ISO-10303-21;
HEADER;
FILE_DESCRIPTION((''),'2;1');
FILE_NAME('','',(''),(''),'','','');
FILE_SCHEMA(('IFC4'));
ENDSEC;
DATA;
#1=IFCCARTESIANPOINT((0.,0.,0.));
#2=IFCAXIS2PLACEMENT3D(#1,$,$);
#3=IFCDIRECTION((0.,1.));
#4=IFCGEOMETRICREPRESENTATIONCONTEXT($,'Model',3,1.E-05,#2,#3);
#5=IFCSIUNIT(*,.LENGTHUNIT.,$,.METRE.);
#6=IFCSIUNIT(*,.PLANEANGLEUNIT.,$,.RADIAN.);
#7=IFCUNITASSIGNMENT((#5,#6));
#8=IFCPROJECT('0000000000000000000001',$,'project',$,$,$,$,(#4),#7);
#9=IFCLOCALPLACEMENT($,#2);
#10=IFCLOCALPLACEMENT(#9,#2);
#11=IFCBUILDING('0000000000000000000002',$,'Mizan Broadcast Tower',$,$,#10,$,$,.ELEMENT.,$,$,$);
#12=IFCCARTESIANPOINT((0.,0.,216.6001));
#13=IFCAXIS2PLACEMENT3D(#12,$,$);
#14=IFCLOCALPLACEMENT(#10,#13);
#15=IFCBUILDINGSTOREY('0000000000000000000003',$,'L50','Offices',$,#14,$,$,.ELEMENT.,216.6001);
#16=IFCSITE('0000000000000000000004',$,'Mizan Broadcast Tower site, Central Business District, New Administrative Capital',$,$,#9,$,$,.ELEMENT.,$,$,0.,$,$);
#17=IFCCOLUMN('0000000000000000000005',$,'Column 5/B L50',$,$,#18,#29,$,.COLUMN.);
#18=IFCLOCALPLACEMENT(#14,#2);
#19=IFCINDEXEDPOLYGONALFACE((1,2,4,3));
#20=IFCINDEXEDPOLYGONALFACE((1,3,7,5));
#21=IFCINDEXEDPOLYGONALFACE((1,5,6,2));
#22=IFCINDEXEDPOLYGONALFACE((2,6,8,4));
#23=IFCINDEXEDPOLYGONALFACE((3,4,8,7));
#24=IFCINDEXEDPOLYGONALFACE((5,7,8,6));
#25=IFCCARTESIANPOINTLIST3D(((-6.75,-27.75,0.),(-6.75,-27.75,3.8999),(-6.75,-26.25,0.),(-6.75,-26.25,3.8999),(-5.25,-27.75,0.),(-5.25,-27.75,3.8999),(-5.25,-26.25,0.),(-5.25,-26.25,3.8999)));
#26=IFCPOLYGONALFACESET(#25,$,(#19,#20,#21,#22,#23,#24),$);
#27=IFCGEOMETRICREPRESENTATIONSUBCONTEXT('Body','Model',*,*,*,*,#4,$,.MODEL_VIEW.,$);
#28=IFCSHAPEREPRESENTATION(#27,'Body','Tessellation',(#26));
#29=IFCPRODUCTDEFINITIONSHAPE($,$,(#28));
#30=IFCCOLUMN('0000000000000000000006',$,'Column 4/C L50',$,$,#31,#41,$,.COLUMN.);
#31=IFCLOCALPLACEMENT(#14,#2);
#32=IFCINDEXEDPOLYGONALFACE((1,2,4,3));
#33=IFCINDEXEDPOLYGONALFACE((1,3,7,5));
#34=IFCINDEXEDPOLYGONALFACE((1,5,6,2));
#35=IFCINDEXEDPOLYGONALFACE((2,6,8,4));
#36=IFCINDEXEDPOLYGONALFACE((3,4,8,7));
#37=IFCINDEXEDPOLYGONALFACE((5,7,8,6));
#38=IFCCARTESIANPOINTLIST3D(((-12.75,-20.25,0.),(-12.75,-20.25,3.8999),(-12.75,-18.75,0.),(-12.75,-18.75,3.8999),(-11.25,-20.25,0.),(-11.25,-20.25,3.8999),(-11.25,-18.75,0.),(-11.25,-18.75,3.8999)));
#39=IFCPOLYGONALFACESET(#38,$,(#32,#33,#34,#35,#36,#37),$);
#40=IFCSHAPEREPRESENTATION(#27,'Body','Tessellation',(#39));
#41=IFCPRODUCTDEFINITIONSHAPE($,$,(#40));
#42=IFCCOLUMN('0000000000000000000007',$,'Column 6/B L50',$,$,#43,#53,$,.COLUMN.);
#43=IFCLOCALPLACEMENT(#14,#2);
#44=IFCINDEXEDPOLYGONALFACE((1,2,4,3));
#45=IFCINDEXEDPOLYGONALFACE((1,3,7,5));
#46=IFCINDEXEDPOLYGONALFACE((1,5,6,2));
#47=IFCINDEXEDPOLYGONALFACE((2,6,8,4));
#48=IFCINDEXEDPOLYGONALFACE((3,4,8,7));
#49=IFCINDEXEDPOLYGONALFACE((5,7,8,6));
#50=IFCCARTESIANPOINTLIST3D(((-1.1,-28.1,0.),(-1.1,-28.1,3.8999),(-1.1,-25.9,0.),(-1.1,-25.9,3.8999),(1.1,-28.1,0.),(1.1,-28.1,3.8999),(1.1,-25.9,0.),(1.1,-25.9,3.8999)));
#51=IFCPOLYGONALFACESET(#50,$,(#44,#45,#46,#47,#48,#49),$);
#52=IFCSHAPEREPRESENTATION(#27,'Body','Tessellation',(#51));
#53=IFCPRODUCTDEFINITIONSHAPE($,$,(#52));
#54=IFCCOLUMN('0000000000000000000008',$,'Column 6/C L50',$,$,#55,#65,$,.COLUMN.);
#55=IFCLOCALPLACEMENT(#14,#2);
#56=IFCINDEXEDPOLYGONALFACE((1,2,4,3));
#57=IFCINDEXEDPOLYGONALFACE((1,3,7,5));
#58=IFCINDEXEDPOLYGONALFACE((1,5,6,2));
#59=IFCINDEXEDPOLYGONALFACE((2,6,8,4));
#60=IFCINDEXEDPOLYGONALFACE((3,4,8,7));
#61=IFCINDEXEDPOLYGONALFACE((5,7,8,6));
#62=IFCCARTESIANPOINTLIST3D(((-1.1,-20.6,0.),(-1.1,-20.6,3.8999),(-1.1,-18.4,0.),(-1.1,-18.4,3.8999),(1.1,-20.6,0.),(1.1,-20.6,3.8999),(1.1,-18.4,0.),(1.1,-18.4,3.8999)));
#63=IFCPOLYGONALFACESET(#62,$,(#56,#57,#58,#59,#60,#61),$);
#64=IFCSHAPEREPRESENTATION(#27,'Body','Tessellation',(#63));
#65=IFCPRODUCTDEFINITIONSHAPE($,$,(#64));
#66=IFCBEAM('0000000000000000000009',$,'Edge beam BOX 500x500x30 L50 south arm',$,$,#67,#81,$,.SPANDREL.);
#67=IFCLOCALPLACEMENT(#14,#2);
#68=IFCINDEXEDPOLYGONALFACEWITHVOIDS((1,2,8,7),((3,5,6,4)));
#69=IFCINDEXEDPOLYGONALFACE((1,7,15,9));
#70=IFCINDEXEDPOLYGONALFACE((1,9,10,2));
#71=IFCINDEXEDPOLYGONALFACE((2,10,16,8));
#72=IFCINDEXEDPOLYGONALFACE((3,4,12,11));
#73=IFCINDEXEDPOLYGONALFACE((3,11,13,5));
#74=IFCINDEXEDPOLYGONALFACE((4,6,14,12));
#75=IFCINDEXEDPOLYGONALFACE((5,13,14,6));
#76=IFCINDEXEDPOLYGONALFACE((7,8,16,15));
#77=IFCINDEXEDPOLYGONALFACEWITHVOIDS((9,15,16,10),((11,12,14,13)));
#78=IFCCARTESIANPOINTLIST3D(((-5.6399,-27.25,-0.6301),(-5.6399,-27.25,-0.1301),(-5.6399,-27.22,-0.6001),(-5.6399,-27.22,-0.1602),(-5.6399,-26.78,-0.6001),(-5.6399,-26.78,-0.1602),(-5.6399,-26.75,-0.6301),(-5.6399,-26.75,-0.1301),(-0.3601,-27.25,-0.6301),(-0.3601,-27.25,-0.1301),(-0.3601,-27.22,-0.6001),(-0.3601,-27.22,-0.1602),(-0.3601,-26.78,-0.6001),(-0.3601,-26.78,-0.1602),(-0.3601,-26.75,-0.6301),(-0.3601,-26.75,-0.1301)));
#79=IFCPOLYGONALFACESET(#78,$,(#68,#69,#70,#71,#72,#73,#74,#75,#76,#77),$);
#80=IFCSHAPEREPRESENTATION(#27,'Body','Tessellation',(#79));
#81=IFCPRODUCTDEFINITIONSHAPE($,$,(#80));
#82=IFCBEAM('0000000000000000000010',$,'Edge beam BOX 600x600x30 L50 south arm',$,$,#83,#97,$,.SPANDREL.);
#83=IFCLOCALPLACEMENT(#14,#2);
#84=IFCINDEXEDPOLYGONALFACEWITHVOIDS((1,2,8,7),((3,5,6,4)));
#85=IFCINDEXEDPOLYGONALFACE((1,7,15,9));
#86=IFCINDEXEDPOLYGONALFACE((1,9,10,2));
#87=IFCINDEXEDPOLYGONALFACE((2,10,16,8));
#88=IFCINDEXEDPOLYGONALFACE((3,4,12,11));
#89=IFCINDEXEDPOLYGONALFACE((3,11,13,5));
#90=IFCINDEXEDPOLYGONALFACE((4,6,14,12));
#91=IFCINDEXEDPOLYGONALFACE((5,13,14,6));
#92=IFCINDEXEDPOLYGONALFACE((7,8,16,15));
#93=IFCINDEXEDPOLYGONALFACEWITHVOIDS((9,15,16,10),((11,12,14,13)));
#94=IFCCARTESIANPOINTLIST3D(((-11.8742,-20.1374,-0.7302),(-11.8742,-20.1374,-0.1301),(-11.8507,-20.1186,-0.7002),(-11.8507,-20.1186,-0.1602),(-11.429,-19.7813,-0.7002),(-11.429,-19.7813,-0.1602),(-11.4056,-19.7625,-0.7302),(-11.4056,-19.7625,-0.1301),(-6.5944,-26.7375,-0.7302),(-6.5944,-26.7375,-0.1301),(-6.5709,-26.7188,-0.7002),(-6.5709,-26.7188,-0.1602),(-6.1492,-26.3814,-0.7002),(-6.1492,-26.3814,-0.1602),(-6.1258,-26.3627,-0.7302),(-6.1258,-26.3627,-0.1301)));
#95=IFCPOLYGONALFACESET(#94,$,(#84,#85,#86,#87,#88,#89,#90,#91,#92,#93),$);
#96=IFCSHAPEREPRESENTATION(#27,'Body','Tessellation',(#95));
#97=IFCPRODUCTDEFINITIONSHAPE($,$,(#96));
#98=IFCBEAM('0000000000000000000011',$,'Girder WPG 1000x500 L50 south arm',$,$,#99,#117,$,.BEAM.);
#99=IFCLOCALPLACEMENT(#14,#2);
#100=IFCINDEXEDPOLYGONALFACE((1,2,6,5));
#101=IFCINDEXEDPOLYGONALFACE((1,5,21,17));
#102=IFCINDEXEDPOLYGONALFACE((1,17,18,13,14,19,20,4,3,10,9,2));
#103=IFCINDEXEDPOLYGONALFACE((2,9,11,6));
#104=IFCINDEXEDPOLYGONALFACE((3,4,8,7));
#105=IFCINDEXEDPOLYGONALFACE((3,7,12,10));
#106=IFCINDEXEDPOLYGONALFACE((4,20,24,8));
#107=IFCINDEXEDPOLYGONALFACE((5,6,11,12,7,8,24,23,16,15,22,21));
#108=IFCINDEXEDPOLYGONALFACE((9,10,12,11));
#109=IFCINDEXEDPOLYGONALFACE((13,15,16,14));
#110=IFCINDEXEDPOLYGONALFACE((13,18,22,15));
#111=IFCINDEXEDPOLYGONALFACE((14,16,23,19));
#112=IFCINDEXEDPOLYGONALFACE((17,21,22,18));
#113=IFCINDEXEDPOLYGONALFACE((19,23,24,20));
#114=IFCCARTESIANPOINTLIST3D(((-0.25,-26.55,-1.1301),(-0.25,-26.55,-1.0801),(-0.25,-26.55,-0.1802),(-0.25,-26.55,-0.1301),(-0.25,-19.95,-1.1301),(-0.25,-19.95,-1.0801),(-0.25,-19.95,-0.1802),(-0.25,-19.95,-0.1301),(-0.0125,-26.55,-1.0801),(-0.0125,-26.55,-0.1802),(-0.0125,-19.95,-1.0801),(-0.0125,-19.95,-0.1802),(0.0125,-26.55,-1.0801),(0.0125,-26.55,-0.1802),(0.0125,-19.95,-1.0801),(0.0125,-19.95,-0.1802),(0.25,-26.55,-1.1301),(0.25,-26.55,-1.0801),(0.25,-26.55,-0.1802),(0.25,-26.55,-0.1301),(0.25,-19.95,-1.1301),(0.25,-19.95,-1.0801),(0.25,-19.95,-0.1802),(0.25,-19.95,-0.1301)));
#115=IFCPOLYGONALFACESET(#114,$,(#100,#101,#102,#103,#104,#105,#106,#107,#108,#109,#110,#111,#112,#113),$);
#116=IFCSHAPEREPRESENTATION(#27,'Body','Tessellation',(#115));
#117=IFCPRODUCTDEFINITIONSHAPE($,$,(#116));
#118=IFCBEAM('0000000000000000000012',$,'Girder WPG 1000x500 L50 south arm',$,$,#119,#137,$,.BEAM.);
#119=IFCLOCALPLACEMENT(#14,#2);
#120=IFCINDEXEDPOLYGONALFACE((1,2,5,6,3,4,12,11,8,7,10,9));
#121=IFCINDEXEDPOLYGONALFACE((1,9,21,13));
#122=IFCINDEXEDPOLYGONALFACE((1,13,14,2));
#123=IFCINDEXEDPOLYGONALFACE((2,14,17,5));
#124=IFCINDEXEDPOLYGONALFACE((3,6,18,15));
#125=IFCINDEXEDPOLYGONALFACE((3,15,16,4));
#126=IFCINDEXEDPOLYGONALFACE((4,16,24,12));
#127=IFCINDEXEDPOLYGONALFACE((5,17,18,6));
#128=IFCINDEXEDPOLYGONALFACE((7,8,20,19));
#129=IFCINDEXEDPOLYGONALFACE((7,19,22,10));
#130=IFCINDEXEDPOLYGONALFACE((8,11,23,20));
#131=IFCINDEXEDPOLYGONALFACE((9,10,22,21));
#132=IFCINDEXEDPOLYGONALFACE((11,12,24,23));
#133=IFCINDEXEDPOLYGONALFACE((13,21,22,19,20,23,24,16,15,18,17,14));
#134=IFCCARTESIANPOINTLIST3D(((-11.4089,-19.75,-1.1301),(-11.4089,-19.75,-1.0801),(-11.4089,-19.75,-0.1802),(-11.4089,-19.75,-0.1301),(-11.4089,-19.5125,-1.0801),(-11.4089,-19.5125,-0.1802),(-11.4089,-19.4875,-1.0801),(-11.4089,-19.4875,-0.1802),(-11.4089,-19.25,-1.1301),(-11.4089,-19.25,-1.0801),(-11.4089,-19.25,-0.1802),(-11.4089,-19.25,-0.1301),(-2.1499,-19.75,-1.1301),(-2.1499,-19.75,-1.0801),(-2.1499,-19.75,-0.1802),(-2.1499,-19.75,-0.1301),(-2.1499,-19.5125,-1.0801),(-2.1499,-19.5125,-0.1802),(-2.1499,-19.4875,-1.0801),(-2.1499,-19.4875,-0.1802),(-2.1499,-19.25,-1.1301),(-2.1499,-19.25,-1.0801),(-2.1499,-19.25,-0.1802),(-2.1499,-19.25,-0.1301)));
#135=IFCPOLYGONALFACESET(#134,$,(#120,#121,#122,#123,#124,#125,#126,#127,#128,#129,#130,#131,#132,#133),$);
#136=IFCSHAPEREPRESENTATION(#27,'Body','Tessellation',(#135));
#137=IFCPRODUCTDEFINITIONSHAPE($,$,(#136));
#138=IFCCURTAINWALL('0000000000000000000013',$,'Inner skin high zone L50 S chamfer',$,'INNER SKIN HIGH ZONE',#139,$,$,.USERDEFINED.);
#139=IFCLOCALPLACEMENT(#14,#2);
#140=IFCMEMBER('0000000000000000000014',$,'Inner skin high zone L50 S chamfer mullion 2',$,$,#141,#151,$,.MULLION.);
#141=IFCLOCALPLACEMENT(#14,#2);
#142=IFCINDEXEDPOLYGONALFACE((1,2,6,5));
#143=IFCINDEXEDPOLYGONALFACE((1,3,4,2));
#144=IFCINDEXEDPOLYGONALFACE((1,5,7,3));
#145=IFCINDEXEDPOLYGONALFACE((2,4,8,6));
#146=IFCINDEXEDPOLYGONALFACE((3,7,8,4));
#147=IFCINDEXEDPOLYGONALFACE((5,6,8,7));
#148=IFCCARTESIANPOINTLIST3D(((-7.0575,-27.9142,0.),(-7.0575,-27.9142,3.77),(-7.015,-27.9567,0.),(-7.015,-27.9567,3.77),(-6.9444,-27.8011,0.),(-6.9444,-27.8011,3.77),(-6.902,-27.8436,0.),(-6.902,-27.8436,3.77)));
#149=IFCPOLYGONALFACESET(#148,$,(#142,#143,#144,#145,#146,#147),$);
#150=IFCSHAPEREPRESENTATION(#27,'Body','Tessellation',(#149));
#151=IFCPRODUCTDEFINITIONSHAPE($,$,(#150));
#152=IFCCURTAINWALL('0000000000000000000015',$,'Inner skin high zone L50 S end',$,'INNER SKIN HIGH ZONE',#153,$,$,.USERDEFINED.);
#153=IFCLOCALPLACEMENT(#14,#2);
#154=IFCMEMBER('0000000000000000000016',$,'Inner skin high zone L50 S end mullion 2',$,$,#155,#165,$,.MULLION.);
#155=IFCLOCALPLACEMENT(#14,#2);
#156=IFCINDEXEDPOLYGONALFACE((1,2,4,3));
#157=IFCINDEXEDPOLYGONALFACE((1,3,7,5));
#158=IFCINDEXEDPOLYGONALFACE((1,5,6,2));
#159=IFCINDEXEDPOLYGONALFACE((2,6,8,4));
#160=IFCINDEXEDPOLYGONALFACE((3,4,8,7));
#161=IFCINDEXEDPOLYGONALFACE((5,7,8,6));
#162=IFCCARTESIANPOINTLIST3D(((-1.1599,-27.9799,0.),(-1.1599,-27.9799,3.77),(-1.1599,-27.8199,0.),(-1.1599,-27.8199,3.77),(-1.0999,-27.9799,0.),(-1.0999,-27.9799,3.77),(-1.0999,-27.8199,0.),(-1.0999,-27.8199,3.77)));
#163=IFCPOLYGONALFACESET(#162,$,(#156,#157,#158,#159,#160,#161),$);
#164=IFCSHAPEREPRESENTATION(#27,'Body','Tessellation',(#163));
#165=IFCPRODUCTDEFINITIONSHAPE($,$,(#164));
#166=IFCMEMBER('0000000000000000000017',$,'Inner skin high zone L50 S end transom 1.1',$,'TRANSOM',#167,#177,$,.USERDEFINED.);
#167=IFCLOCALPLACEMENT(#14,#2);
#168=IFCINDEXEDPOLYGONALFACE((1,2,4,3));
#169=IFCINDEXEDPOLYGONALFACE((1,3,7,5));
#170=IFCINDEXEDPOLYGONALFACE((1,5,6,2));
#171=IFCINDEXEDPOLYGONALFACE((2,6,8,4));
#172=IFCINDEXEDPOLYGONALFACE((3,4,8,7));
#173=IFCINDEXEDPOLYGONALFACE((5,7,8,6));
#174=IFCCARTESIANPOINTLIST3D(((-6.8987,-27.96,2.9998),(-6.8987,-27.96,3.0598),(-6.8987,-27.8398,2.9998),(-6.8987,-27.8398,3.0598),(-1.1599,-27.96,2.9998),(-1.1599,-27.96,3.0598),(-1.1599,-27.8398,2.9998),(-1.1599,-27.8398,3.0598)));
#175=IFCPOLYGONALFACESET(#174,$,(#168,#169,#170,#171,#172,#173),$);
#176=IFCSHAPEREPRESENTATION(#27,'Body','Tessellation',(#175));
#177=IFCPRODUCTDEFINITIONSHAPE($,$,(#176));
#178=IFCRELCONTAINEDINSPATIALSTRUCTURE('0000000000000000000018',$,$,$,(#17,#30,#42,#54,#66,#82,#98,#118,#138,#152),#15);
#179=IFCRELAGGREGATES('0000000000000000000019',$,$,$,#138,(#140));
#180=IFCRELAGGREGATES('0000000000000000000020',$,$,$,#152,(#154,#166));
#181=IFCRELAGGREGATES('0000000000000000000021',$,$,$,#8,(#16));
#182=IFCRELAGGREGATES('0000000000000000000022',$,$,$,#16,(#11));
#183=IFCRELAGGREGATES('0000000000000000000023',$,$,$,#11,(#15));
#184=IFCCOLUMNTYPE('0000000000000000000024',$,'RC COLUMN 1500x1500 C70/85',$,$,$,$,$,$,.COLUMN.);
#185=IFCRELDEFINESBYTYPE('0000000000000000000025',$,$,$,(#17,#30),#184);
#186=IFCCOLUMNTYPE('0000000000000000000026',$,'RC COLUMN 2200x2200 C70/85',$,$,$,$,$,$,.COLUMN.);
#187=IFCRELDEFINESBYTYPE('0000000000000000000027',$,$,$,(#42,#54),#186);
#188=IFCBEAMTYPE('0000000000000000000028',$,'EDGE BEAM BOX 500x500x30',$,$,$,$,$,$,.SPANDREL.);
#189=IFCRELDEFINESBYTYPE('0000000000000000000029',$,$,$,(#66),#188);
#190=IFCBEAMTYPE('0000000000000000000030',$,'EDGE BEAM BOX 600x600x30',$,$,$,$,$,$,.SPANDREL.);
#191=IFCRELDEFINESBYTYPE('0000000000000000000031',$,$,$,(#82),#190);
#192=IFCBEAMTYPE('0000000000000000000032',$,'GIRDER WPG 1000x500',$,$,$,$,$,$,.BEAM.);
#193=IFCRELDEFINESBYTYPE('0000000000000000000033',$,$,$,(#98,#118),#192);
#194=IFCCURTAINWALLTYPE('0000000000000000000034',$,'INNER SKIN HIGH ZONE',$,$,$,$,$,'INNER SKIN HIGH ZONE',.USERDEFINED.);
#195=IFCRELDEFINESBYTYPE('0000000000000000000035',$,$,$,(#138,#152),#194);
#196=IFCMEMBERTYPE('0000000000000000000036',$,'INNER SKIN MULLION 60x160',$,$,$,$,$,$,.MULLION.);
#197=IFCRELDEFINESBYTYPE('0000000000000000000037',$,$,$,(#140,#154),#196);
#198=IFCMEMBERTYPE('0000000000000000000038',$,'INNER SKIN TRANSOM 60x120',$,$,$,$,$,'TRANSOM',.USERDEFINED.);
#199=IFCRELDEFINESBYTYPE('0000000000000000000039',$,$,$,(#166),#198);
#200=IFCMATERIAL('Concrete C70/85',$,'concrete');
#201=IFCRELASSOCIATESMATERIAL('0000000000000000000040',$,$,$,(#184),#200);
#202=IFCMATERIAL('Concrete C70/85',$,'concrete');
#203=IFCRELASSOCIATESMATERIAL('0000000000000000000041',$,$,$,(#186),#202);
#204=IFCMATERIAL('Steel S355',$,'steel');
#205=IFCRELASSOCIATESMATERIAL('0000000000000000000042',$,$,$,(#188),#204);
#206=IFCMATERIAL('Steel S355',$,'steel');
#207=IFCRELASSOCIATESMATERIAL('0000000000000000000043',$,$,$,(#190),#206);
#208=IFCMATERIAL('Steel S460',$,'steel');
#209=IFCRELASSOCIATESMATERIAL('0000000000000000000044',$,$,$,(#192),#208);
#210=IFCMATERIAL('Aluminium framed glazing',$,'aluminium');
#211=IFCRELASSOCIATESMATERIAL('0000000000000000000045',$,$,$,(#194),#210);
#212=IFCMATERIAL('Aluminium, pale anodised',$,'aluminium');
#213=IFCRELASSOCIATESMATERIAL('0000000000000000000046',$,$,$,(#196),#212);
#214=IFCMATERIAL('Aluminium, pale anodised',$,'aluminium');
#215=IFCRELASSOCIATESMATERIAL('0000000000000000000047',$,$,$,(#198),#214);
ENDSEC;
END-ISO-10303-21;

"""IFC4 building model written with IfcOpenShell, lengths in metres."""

from ifc_helpers import new_model, si_unit, direction, frame, origin, origin_2d, place, context, subcontext, project, spatial, rectangle, hollow_rectangle, i_section, extrude, material, material_profile, profile_set, type_object, element, aggregate, save


model = new_model("IFC4")

# Units and contexts
model_context = context("Model", 3, precision=1e-05, world=origin(), true_north=direction((0.0, 1.0)))
body_context = subcontext(model_context, "Body", "Model", "MODEL_VIEW")
ifc_project = project(units=[si_unit("LENGTHUNIT", "METRE"), si_unit("PLANEANGLEUNIT", "RADIAN")], contexts=[model_context])

# Site, building, storey
site_placement = place(None, origin())
site = spatial("IfcSite", under=ifc_project, at=site_placement, Name="Mizan Broadcast Tower site, Central Business District, New Administrative Capital", CompositionType="ELEMENT", RefElevation=0.0)
building_placement = place(site_placement, origin())
building = spatial("IfcBuilding", under=site, at=building_placement, Name="Mizan Broadcast Tower", CompositionType="ELEMENT")
storey_placement = place(building_placement, frame((0.0, 0.0, 216.6001)))
storey = spatial("IfcBuildingStorey", under=building, at=storey_placement, Name="L50", Description="Offices", CompositionType="ELEMENT", Elevation=216.6001)

# Columns
ifc_material_1 = material(Name="Concrete C70/85", Category="concrete")
ifc_material_profile_1 = material_profile(ifc_material_1, rectangle(XDim=1.5, YDim=1.5, at=origin_2d()), Name="RC 1500x1500")
ifc_profile_set_1 = profile_set([ifc_material_profile_1], Name="Concrete C70/85")
column_type_1 = type_object("IfcColumnType", Name="RC COLUMN 1500x1500 C70/85", PredefinedType="COLUMN", material=ifc_profile_set_1)
for number, where, z_axis, x_axis, name in (
    (1, (-6.0, -27.0, 0.0), (0.0, 0.0, 1.0), (1.0, 0.0, 0.0), "Column 5/B L50"),
    (2, (-12.0, -19.5, 0.0), (0.0, 0.0, 1.0), (1.0, 0.0, 0.0), "Column 4/C L50"),
):
    element("IfcColumn", number, at=place(storey_placement, frame(where, z_axis=z_axis, x_axis=x_axis)), inside=storey, type_object=column_type_1, Name=name, PredefinedType="COLUMN", context=body_context, shape_type="SweptSolid", body=[
        extrude(rectangle(XDim=1.5, YDim=1.5, at=origin_2d()), origin(), (0.0, 0.0, 1.0), 3.8999),
    ])
ifc_material_2 = material(Name="Concrete C70/85", Category="concrete")
ifc_material_profile_2 = material_profile(ifc_material_2, rectangle(XDim=2.2, YDim=2.2, at=origin_2d()), Name="RC 2200x2200")
ifc_profile_set_2 = profile_set([ifc_material_profile_2], Name="Concrete C70/85")
column_type_2 = type_object("IfcColumnType", Name="RC COLUMN 2200x2200 C70/85", PredefinedType="COLUMN", material=ifc_profile_set_2)
for number, where, z_axis, x_axis, name in (
    (3, (0.0, -27.0, 0.0), (0.0, 0.0, 1.0), (1.0, 0.0, 0.0), "Column 6/B L50"),
    (4, (0.0, -19.5, 0.0), (0.0, 0.0, 1.0), (1.0, 0.0, 0.0), "Column 6/C L50"),
):
    element("IfcColumn", number, at=place(storey_placement, frame(where, z_axis=z_axis, x_axis=x_axis)), inside=storey, type_object=column_type_2, Name=name, PredefinedType="COLUMN", context=body_context, shape_type="SweptSolid", body=[
        extrude(rectangle(XDim=2.2, YDim=2.2, at=origin_2d()), origin(), (0.0, 0.0, 1.0), 3.8999),
    ])

# Beams
ifc_material_3 = material(Name="Steel S355", Category="steel")
ifc_material_profile_3 = material_profile(ifc_material_3, hollow_rectangle(XDim=0.5, YDim=0.5, WallThickness=0.03, at=origin_2d()), Name="BOX 500x500x30")
ifc_profile_set_3 = profile_set([ifc_material_profile_3], Name="Steel S355")
beam_type_1 = type_object("IfcBeamType", Name="EDGE BEAM BOX 500x500x30", PredefinedType="SPANDREL", material=ifc_profile_set_3)
beam_1_placement = place(storey_placement, frame((-5.6399, -27.0, -0.3801), z_axis=(1.0, 0.0, 0.0), x_axis=(0.0, 1.0, 0.0)))
element("IfcBeam", 5, at=beam_1_placement, inside=storey, type_object=beam_type_1, Name="Edge beam BOX 500x500x30 L50 south arm", PredefinedType="SPANDREL", context=body_context, shape_type="SweptSolid", body=[
    extrude(hollow_rectangle(XDim=0.5, YDim=0.5, WallThickness=0.03, at=origin_2d()), origin(), (0.0, 0.0, 1.0), 5.2798),
])
ifc_material_4 = material(Name="Steel S355", Category="steel")
ifc_material_profile_4 = material_profile(ifc_material_4, hollow_rectangle(XDim=0.6001, YDim=0.6001, WallThickness=0.03, at=origin_2d()), Name="BOX 600x600x30")
ifc_profile_set_4 = profile_set([ifc_material_profile_4], Name="Steel S355")
beam_type_2 = type_object("IfcBeamType", Name="EDGE BEAM BOX 600x600x30", PredefinedType="SPANDREL", material=ifc_profile_set_4)
beam_2_placement = place(storey_placement, frame((-11.6399, -19.95, -0.4302), z_axis=(0.624674, -0.780886, 0.0), x_axis=(0.780886, 0.624674, 0.0)))
element("IfcBeam", 6, at=beam_2_placement, inside=storey, type_object=beam_type_2, Name="Edge beam BOX 600x600x30 L50 south arm", PredefinedType="SPANDREL", context=body_context, shape_type="SweptSolid", body=[
    extrude(hollow_rectangle(XDim=0.6001, YDim=0.6001, WallThickness=0.03, at=origin_2d()), origin(), (0.0, 0.0, 1.0), 8.4521),
])
ifc_material_5 = material(Name="Steel S460", Category="steel")
ifc_material_profile_5 = material_profile(ifc_material_5, i_section(OverallWidth=0.5, OverallDepth=1.0, WebThickness=0.0249, FlangeThickness=0.05, at=origin_2d()), Name="WPG 1000x500")
ifc_profile_set_5 = profile_set([ifc_material_profile_5], Name="Steel S460")
beam_type_3 = type_object("IfcBeamType", Name="GIRDER WPG 1000x500", PredefinedType="BEAM", material=ifc_profile_set_5)
beam_3_placement = place(storey_placement, frame((0.0, -19.95, -0.6301), z_axis=(0.0, -1.0, 0.0), x_axis=(1.0, 0.0, 0.0)))
element("IfcBeam", 7, at=beam_3_placement, inside=storey, type_object=beam_type_3, Name="Girder WPG 1000x500 L50 south arm", PredefinedType="BEAM", context=body_context, shape_type="SweptSolid", body=[
    extrude(i_section(OverallWidth=0.5, OverallDepth=1.0, WebThickness=0.0249, FlangeThickness=0.05, at=origin_2d()), origin(), (0.0, 0.0, 1.0), 6.6001),
])
beam_4_placement = place(storey_placement, frame((-11.4089, -19.5, -0.6301), z_axis=(1.0, 0.0, 0.0), x_axis=(0.0, 1.0, 0.0)))
element("IfcBeam", 8, at=beam_4_placement, inside=storey, type_object=beam_type_3, Name="Girder WPG 1000x500 L50 south arm", PredefinedType="BEAM", context=body_context, shape_type="SweptSolid", body=[
    extrude(i_section(OverallWidth=0.5, OverallDepth=1.0, WebThickness=0.0249, FlangeThickness=0.05, at=origin_2d()), origin(), (0.0, 0.0, 1.0), 9.259),
])

# Curtain wall, member
ifc_material_6 = material(Name="Aluminium framed glazing", Category="aluminium")
curtain_wall_type_1 = type_object("IfcCurtainWallType", Name="INNER SKIN HIGH ZONE", ElementType="INNER SKIN HIGH ZONE", PredefinedType="USERDEFINED", material=ifc_material_6)
curtain_wall_1_placement = place(storey_placement, origin())
curtain_wall_1 = element("IfcCurtainWall", 9, at=curtain_wall_1_placement, inside=storey, type_object=curtain_wall_type_1, Name="Inner skin high zone L50 S chamfer", ObjectType="INNER SKIN HIGH ZONE", PredefinedType="USERDEFINED")
ifc_material_7 = material(Name="Aluminium, pale anodised", Category="aluminium")
ifc_material_profile_6 = material_profile(ifc_material_7, rectangle(XDim=0.1599, YDim=0.0601, at=origin_2d()), Name="MULLION 160x60")
ifc_profile_set_6 = profile_set([ifc_material_profile_6], Name="Aluminium, pale anodised")
member_type_1 = type_object("IfcMemberType", Name="INNER SKIN MULLION 60x160", PredefinedType="MULLION", material=ifc_profile_set_6)
member_1_placement = place(storey_placement, frame((-6.9797, -27.8789, 0.0), z_axis=(0.0, 0.0, 1.0), x_axis=(0.707107, 0.707107, 0.0)))
member_1 = element("IfcMember", 10, at=member_1_placement, type_object=member_type_1, Name="Inner skin high zone L50 S chamfer mullion 2", PredefinedType="MULLION", context=body_context, shape_type="SweptSolid", body=[
    extrude(rectangle(XDim=0.1599, YDim=0.0601, at=origin_2d()), origin(), (0.0, 0.0, 1.0), 3.77),
])

# Curtain wall, members
curtain_wall_2_placement = place(storey_placement, origin())
curtain_wall_2 = element("IfcCurtainWall", 11, at=curtain_wall_2_placement, inside=storey, type_object=curtain_wall_type_1, Name="Inner skin high zone L50 S end", ObjectType="INNER SKIN HIGH ZONE", PredefinedType="USERDEFINED")
member_2_placement = place(storey_placement, frame((-1.1299, -27.8999, 0.0), z_axis=(0.0, 0.0, 1.0), x_axis=(0.0, 1.0, 0.0)))
member_2 = element("IfcMember", 12, at=member_2_placement, type_object=member_type_1, Name="Inner skin high zone L50 S end mullion 2", PredefinedType="MULLION", context=body_context, shape_type="SweptSolid", body=[
    extrude(rectangle(XDim=0.1599, YDim=0.0601, at=origin_2d()), origin(), (0.0, 0.0, 1.0), 3.77),
])
ifc_material_8 = material(Name="Aluminium, pale anodised", Category="aluminium")
ifc_material_profile_7 = material_profile(ifc_material_8, rectangle(XDim=0.1201, YDim=0.0601, at=origin_2d()), Name="TRANSOM 120x60")
ifc_profile_set_7 = profile_set([ifc_material_profile_7], Name="Aluminium, pale anodised")
member_type_2 = type_object("IfcMemberType", Name="INNER SKIN TRANSOM 60x120", ElementType="TRANSOM", PredefinedType="USERDEFINED", material=ifc_profile_set_7)
member_3_placement = place(storey_placement, frame((-6.8987, -27.8999, 3.0298), z_axis=(1.0, 0.0, 0.0), x_axis=(0.0, 1.0, 0.0)))
member_3 = element("IfcMember", 13, at=member_3_placement, type_object=member_type_2, Name="Inner skin high zone L50 S end transom 1.1", ObjectType="TRANSOM", PredefinedType="USERDEFINED", context=body_context, shape_type="SweptSolid", body=[
    extrude(rectangle(XDim=0.1201, YDim=0.0601, at=origin_2d()), origin(), (0.0, 0.0, 1.0), 5.7388),
])

aggregate(curtain_wall_1, [member_1])
aggregate(curtain_wall_2, [member_2, member_3])

save(model, "model.ifc")
